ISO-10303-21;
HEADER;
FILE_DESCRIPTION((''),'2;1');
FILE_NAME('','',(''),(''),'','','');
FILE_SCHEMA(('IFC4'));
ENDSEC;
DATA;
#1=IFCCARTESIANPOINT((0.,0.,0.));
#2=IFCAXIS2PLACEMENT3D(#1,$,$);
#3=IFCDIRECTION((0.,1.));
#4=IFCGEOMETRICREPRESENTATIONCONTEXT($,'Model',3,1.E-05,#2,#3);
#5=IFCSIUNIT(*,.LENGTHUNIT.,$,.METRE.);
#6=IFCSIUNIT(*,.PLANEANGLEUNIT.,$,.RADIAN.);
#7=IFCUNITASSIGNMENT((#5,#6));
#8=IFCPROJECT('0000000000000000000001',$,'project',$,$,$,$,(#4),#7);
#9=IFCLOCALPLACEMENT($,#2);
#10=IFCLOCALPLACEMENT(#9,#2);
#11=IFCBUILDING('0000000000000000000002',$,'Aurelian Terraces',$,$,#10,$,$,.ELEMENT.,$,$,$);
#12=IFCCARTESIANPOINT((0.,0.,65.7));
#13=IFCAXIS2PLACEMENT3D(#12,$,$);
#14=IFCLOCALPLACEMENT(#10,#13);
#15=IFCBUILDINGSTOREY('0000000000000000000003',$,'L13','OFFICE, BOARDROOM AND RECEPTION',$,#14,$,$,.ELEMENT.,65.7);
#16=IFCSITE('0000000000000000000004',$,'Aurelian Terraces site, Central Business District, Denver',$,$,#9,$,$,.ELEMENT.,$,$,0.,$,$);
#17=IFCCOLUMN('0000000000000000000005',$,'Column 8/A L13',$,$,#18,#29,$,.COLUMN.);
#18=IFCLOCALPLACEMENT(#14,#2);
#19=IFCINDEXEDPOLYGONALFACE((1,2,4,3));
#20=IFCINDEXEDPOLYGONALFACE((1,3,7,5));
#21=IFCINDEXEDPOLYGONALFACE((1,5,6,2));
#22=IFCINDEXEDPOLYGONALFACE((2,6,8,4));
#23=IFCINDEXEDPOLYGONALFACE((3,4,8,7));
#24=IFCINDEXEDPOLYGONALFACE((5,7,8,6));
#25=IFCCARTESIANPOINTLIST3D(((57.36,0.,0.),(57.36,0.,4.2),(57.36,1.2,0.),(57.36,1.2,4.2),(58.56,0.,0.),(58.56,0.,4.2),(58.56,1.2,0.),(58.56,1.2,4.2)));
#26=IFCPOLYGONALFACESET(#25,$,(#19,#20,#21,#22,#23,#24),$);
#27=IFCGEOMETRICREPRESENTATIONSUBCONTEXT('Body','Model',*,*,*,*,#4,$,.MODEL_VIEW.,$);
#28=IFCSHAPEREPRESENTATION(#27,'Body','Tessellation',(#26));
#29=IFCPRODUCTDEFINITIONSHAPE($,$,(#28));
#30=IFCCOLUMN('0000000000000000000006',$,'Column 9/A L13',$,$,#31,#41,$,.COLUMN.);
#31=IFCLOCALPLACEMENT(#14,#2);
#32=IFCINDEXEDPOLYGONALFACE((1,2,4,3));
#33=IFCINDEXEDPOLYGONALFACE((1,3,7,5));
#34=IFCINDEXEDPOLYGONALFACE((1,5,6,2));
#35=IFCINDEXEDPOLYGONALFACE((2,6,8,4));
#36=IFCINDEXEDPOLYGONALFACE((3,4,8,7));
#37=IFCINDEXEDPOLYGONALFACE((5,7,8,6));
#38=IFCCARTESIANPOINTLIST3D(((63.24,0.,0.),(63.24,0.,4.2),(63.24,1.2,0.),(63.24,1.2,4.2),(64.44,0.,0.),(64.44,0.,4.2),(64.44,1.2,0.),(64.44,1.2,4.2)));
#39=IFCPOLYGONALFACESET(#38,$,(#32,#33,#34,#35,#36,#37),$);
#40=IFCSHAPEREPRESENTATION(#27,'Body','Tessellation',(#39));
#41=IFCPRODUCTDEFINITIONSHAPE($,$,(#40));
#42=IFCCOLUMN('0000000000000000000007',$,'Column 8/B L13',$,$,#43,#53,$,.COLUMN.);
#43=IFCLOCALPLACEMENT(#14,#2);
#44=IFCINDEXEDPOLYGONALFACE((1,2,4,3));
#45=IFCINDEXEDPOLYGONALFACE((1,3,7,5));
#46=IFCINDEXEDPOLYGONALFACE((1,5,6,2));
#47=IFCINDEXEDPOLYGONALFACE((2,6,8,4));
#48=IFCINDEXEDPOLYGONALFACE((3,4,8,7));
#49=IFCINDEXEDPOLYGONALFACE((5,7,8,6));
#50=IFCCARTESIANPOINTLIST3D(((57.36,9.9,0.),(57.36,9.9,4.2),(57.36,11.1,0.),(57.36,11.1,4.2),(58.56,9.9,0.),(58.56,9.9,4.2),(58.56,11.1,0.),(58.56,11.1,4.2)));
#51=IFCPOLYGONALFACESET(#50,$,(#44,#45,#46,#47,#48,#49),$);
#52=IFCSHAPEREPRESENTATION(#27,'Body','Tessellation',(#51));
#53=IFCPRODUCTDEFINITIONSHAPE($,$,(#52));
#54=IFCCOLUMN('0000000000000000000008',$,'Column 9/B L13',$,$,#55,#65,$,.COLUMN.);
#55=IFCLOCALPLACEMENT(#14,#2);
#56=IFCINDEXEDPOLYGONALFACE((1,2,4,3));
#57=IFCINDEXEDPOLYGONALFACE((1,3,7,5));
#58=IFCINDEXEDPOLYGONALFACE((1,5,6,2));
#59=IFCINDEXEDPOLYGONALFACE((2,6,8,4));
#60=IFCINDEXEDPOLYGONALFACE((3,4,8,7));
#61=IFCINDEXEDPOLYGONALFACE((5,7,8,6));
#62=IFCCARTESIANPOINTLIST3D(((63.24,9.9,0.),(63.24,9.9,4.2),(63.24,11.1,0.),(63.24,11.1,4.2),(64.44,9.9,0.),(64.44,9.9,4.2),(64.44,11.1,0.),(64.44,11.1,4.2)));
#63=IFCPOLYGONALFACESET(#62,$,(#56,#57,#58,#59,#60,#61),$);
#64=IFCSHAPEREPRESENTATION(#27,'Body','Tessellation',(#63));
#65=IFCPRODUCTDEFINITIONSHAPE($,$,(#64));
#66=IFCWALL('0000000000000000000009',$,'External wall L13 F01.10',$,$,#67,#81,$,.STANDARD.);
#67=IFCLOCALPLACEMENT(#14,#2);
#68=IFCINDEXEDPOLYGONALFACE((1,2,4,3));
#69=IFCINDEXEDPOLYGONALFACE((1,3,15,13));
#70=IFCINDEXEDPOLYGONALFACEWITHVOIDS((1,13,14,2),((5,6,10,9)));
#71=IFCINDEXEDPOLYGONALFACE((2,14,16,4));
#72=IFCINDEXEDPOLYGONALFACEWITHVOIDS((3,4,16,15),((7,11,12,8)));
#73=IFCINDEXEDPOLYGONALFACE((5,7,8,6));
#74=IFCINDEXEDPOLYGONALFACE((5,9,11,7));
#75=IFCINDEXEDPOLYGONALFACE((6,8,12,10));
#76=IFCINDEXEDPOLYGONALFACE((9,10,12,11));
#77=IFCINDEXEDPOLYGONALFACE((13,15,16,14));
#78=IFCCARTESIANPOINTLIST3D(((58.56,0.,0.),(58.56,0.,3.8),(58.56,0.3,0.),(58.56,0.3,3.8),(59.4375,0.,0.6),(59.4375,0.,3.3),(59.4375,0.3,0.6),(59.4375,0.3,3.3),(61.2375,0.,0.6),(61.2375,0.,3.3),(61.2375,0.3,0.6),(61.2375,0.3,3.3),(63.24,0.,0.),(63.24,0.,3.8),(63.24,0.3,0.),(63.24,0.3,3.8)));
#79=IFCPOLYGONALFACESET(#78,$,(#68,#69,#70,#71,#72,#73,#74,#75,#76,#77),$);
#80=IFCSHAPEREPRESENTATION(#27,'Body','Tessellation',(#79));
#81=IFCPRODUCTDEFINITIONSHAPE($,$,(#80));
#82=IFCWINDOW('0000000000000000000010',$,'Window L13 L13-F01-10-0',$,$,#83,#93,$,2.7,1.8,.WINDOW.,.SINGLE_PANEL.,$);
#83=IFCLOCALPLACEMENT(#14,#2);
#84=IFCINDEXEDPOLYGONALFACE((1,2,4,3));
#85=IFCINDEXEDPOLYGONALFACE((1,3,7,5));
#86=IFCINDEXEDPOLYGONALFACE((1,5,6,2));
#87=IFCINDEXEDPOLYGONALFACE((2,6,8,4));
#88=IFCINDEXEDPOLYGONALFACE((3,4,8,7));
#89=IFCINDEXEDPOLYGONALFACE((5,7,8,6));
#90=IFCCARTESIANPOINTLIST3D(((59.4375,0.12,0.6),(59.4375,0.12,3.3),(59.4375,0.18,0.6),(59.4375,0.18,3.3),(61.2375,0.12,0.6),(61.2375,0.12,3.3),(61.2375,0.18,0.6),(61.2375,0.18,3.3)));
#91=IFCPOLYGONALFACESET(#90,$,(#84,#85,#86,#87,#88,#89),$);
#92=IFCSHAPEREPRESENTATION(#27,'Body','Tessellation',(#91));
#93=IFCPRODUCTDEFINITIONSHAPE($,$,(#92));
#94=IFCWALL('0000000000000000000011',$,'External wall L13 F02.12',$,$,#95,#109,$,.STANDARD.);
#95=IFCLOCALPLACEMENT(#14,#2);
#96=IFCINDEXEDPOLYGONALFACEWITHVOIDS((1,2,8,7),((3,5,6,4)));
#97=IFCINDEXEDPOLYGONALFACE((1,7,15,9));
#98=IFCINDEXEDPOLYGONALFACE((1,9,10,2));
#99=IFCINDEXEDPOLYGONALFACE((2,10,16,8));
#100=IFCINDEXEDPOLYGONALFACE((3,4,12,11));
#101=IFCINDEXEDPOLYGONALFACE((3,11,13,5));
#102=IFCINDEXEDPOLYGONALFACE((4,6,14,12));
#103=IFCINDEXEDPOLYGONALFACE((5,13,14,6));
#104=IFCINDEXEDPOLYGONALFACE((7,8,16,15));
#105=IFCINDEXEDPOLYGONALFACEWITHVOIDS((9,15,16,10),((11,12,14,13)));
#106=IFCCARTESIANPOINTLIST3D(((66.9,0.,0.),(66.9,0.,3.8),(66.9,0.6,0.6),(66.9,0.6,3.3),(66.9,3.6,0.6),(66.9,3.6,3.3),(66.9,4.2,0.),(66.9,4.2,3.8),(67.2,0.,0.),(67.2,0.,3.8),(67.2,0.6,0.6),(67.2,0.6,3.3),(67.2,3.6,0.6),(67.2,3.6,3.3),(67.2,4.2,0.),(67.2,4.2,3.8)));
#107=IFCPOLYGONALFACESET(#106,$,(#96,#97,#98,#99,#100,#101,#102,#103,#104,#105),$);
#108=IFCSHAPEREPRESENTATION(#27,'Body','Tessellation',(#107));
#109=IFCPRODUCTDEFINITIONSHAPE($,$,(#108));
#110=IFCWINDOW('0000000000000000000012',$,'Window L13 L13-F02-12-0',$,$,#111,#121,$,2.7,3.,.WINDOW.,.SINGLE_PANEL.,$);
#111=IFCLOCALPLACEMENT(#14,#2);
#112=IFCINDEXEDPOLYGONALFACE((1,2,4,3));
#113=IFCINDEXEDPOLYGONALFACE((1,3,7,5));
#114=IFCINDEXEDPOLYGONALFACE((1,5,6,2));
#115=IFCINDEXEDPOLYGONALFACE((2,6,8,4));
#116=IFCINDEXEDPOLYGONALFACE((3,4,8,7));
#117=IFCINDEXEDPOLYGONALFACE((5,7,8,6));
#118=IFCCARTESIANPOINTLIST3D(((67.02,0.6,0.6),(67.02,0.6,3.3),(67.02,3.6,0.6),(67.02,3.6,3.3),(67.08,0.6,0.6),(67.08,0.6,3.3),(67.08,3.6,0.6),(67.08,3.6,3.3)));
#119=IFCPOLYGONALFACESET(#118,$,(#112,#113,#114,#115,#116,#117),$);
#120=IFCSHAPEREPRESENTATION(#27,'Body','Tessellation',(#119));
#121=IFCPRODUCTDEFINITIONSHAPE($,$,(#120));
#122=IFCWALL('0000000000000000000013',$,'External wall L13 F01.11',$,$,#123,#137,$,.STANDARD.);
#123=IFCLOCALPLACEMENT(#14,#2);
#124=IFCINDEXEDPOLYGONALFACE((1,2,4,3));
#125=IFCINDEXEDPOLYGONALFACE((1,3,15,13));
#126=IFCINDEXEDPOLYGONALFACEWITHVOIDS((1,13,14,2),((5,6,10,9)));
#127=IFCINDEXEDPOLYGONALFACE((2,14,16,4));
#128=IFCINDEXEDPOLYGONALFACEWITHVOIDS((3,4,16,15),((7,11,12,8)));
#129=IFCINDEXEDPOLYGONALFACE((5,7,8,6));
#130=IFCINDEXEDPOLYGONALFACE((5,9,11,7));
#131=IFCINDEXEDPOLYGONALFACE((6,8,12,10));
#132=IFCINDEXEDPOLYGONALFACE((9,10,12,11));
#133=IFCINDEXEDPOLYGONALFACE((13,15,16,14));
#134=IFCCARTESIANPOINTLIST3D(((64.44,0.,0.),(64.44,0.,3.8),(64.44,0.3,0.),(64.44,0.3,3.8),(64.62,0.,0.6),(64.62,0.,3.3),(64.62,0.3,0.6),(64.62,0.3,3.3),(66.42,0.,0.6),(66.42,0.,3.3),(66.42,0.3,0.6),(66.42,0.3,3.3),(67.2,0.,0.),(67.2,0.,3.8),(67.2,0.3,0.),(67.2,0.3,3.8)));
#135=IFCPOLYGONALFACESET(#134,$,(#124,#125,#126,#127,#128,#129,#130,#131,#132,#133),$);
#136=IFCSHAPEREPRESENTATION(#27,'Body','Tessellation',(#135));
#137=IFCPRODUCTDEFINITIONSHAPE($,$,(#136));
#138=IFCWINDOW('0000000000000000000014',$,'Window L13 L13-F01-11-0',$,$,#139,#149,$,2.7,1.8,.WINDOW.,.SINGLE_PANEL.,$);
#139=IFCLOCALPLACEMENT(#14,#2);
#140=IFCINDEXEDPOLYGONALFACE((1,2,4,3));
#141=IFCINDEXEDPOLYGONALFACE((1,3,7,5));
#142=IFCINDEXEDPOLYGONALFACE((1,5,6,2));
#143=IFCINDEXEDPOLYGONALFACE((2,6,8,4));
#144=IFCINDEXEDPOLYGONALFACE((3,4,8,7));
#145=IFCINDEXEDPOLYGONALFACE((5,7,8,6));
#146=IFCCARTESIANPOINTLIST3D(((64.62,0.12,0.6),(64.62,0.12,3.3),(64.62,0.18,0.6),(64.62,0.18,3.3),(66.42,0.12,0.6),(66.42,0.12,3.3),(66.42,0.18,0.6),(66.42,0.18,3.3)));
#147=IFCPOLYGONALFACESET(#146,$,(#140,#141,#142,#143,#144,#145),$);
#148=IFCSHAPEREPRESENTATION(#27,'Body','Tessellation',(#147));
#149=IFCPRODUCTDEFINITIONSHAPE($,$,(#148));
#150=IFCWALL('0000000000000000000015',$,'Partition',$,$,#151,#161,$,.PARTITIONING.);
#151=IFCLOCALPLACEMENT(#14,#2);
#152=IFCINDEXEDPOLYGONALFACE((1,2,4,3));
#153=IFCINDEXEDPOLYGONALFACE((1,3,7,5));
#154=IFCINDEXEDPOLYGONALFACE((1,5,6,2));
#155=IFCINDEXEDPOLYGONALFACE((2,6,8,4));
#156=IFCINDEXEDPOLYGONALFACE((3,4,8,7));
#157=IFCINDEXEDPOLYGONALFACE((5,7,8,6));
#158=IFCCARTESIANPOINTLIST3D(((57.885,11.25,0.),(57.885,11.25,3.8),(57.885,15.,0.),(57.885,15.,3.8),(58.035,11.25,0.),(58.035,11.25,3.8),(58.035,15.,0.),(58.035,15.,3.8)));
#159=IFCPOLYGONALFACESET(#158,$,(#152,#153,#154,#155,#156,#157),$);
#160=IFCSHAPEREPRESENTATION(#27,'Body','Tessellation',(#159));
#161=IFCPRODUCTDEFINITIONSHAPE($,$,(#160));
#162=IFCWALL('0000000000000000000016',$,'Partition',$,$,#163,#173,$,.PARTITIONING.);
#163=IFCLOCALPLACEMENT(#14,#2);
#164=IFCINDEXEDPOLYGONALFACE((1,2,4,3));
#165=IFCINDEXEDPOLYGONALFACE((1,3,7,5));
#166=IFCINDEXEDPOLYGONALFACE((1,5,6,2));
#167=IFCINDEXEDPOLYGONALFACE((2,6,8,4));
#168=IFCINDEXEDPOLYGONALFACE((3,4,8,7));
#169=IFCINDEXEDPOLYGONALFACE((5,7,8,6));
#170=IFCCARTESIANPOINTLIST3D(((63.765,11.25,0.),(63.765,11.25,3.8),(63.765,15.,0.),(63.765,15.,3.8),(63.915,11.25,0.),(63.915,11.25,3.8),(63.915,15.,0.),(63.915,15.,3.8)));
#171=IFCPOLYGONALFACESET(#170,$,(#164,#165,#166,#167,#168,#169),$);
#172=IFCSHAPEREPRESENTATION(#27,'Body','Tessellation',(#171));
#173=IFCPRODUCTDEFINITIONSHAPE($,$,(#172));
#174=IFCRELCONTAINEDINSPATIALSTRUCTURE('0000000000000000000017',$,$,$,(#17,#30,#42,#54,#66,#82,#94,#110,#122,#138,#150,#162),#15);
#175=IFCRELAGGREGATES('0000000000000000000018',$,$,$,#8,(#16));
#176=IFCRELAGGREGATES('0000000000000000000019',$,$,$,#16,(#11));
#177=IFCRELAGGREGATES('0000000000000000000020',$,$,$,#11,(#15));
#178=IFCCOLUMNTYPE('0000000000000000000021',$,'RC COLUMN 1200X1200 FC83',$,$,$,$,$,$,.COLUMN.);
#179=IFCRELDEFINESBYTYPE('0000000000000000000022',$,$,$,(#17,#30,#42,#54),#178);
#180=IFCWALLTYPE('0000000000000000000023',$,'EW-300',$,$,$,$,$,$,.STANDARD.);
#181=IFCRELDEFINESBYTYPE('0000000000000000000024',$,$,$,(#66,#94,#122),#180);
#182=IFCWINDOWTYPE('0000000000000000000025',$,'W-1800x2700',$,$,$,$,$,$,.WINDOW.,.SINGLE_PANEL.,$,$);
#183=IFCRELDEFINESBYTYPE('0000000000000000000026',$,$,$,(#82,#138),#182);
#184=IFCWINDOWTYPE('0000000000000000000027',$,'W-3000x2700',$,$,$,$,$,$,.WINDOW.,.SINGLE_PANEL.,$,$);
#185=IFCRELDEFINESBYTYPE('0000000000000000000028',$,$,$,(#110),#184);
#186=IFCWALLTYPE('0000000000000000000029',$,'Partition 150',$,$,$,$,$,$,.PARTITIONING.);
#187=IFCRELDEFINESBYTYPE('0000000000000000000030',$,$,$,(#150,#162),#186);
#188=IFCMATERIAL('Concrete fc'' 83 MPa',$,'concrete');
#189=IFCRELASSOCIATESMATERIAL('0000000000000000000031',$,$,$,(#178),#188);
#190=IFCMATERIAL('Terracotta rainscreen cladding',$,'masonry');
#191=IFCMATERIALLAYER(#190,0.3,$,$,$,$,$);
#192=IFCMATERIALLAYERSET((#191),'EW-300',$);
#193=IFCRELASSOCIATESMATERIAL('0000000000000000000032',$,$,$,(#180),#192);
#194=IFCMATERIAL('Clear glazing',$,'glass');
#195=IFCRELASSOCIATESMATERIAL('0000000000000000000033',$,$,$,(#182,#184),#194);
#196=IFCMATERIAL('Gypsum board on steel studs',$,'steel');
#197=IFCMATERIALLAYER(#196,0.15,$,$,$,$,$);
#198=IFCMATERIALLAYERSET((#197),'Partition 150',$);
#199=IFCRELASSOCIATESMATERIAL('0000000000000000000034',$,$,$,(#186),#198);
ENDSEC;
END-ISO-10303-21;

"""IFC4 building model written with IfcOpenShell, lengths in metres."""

from ifc_helpers import new_model, si_unit, direction, frame, frame_2d, origin, origin_2d, place, context, subcontext, project, spatial, rectangle, extrude, source, transform, mapped, material, layer, layer_set, material_profile, profile_set, type_object, element, fill, save


model = new_model("IFC4")

# Units and contexts
model_context = context("Model", 3, precision=1e-05, world=origin(), true_north=direction((0.0, 1.0)))
body_context = subcontext(model_context, "Body", "Model", "MODEL_VIEW")
ifc_project = project(units=[si_unit("LENGTHUNIT", "METRE"), si_unit("PLANEANGLEUNIT", "RADIAN")], contexts=[model_context])

# Site, building, storey
site_placement = place(None, origin())
site = spatial("IfcSite", under=ifc_project, at=site_placement, Name="Aurelian Terraces site, Central Business District, Denver", CompositionType="ELEMENT", RefElevation=0.0)
building_placement = place(site_placement, origin())
building = spatial("IfcBuilding", under=site, at=building_placement, Name="Aurelian Terraces", CompositionType="ELEMENT")
storey_placement = place(building_placement, frame((0.0, 0.0, 65.7)))
storey = spatial("IfcBuildingStorey", under=building, at=storey_placement, Name="L13", Description="OFFICE, BOARDROOM AND RECEPTION", CompositionType="ELEMENT", Elevation=65.7)

# Columns
ifc_material_1 = material(Name="Concrete fc' 83 MPa", Category="concrete")
ifc_material_profile = material_profile(ifc_material_1, rectangle(XDim=1.2, YDim=1.2, at=origin_2d()))
ifc_profile_set = profile_set([ifc_material_profile], Name="Concrete fc' 83 MPa")
column_type = type_object("IfcColumnType", Name="RC COLUMN 1200X1200 FC83", PredefinedType="COLUMN", material=ifc_profile_set)
shared_shape_1 = source(origin(), body_context, "Body", "SweptSolid", [
    extrude(rectangle(XDim=1.2, YDim=1.2, at=origin_2d()), origin(), (0.0, 0.0, 1.0), 4.2),
])
for number, where, z_axis, x_axis, name in (
    (1, (57.96, 0.6, 0.0), (0.0, 0.0, 1.0), (1.0, 0.0, 0.0), "Column 8/A L13"),
    (2, (63.84, 0.6, 0.0), (0.0, 0.0, 1.0), (1.0, 0.0, 0.0), "Column 9/A L13"),
    (3, (57.96, 10.5, 0.0), (0.0, 0.0, 1.0), (1.0, 0.0, 0.0), "Column 8/B L13"),
    (4, (63.84, 10.5, 0.0), (0.0, 0.0, 1.0), (1.0, 0.0, 0.0), "Column 9/B L13"),
):
    element("IfcColumn", number, at=place(storey_placement, frame(where, z_axis=z_axis, x_axis=x_axis)), inside=storey, type_object=column_type, Name=name, PredefinedType="COLUMN", context=body_context, shape_type="MappedRepresentation", body=[
        mapped(shared_shape_1, transform((0.0, 0.0, 0.0), scale=1.0)),
    ])

# Walls, openings, windows
ifc_material_2 = material(Name="Terracotta rainscreen cladding", Category="masonry")
ifc_layer_1 = layer(ifc_material_2, 0.3)
ifc_layer_set_1 = layer_set([ifc_layer_1], Name="EW-300")
wall_type_1 = type_object("IfcWallType", Name="EW-300", PredefinedType="STANDARD", material=ifc_layer_set_1)
shared_shape_2 = source(origin(), body_context, "Body", "SweptSolid", [
    extrude(rectangle(XDim=4.68, YDim=0.3, at=frame_2d((2.34, 0.0))), origin(), (0.0, 0.0, 1.0), 3.8),
])
wall_1_placement = place(storey_placement, frame((58.56, 0.15, 0.0), z_axis=(0.0, 0.0, 1.0), x_axis=(1.0, 0.0, 0.0)))
wall_1 = element("IfcWall", 5, at=wall_1_placement, inside=storey, type_object=wall_type_1, Name="External wall L13 F01.10", PredefinedType="STANDARD", context=body_context, shape_type="MappedRepresentation", body=[
    mapped(shared_shape_2, transform((0.0, 0.0, 0.0), scale=1.0)),
])
shared_shape_3 = source(origin(), body_context, "Body", "SweptSolid", [
    extrude(rectangle(XDim=1.8, YDim=2.7, at=frame_2d((0.9, 1.35))), frame((0.0, 0.16, 0.0), z_axis=(0.0, -1.0, 0.0), x_axis=(1.0, 0.0, 0.0)), (0.0, 0.0, 1.0), 0.32),
])
opening_1_placement = place(wall_1_placement, frame((0.8775, 0.0, 0.6)))
opening_1 = element("IfcOpeningElement", 6, at=opening_1_placement, cuts=wall_1, PredefinedType="OPENING", context=body_context, shape_type="MappedRepresentation", body=[
    mapped(shared_shape_3, transform((0.0, 0.0, 0.0), scale=1.0)),
])
ifc_material_3 = material(Name="Clear glazing", Category="glass")
window_type_1 = type_object("IfcWindowType", Name="W-1800x2700", PartitioningType="SINGLE_PANEL", PredefinedType="WINDOW", material=ifc_material_3)
shared_shape_4 = source(origin(), body_context, "Body", "SweptSolid", [
    extrude(rectangle(XDim=1.8, YDim=2.7, at=frame_2d((0.9, 1.35))), frame((0.0, 0.03, 0.0), z_axis=(0.0, -1.0, 0.0), x_axis=(1.0, 0.0, 0.0)), (0.0, 0.0, 1.0), 0.06),
])
window_1_placement = place(opening_1_placement, origin())
window_1 = element("IfcWindow", 7, at=window_1_placement, inside=storey, type_object=window_type_1, Name="Window L13 L13-F01-10-0", OverallHeight=2.7, OverallWidth=1.8, PartitioningType="SINGLE_PANEL", PredefinedType="WINDOW", context=body_context, shape_type="MappedRepresentation", body=[
    mapped(shared_shape_4, transform((0.0, 0.0, 0.0), scale=1.0)),
])
fill(opening_1, window_1)
shared_shape_5 = source(origin(), body_context, "Body", "SweptSolid", [
    extrude(rectangle(XDim=4.2, YDim=0.3, at=frame_2d((2.1, 0.0))), origin(), (0.0, 0.0, 1.0), 3.8),
])
wall_2_placement = place(storey_placement, frame((67.05, 0.0, 0.0), z_axis=(0.0, 0.0, 1.0), x_axis=(0.0, 1.0, 0.0)))
wall_2 = element("IfcWall", 8, at=wall_2_placement, inside=storey, type_object=wall_type_1, Name="External wall L13 F02.12", PredefinedType="STANDARD", context=body_context, shape_type="MappedRepresentation", body=[
    mapped(shared_shape_5, transform((0.0, 0.0, 0.0), scale=1.0)),
])
shared_shape_6 = source(origin(), body_context, "Body", "SweptSolid", [
    extrude(rectangle(XDim=3.0, YDim=2.7, at=frame_2d((1.5, 1.35))), frame((0.0, 0.16, 0.0), z_axis=(0.0, -1.0, 0.0), x_axis=(1.0, 0.0, 0.0)), (0.0, 0.0, 1.0), 0.32),
])
opening_2_placement = place(wall_2_placement, frame((0.6, 0.0, 0.6)))
opening_2 = element("IfcOpeningElement", 9, at=opening_2_placement, cuts=wall_2, PredefinedType="OPENING", context=body_context, shape_type="MappedRepresentation", body=[
    mapped(shared_shape_6, transform((0.0, 0.0, 0.0), scale=1.0)),
])
window_type_2 = type_object("IfcWindowType", Name="W-3000x2700", PartitioningType="SINGLE_PANEL", PredefinedType="WINDOW", material=ifc_material_3)
shared_shape_7 = source(origin(), body_context, "Body", "SweptSolid", [
    extrude(rectangle(XDim=3.0, YDim=2.7, at=frame_2d((1.5, 1.35))), frame((0.0, 0.03, 0.0), z_axis=(0.0, -1.0, 0.0), x_axis=(1.0, 0.0, 0.0)), (0.0, 0.0, 1.0), 0.06),
])
window_2_placement = place(opening_2_placement, origin())
window_2 = element("IfcWindow", 10, at=window_2_placement, inside=storey, type_object=window_type_2, Name="Window L13 L13-F02-12-0", OverallHeight=2.7, OverallWidth=3.0, PartitioningType="SINGLE_PANEL", PredefinedType="WINDOW", context=body_context, shape_type="MappedRepresentation", body=[
    mapped(shared_shape_7, transform((0.0, 0.0, 0.0), scale=1.0)),
])
fill(opening_2, window_2)
shared_shape_8 = source(origin(), body_context, "Body", "SweptSolid", [
    extrude(rectangle(XDim=2.76, YDim=0.3, at=frame_2d((1.38, 0.0))), origin(), (0.0, 0.0, 1.0), 3.8),
])
wall_3_placement = place(storey_placement, frame((64.44, 0.15, 0.0), z_axis=(0.0, 0.0, 1.0), x_axis=(1.0, 0.0, 0.0)))
wall_3 = element("IfcWall", 11, at=wall_3_placement, inside=storey, type_object=wall_type_1, Name="External wall L13 F01.11", PredefinedType="STANDARD", context=body_context, shape_type="MappedRepresentation", body=[
    mapped(shared_shape_8, transform((0.0, 0.0, 0.0), scale=1.0)),
])
opening_3_placement = place(wall_3_placement, frame((0.18, 0.0, 0.6)))
opening_3 = element("IfcOpeningElement", 12, at=opening_3_placement, cuts=wall_3, PredefinedType="OPENING", context=body_context, shape_type="MappedRepresentation", body=[
    mapped(shared_shape_3, transform((0.0, 0.0, 0.0), scale=1.0)),
])
window_3_placement = place(opening_3_placement, origin())
window_3 = element("IfcWindow", 13, at=window_3_placement, inside=storey, type_object=window_type_1, Name="Window L13 L13-F01-11-0", OverallHeight=2.7, OverallWidth=1.8, PartitioningType="SINGLE_PANEL", PredefinedType="WINDOW", context=body_context, shape_type="MappedRepresentation", body=[
    mapped(shared_shape_4, transform((0.0, 0.0, 0.0), scale=1.0)),
])
fill(opening_3, window_3)

# Walls
ifc_material_4 = material(Name="Gypsum board on steel studs", Category="steel")
ifc_layer_2 = layer(ifc_material_4, 0.15)
ifc_layer_set_2 = layer_set([ifc_layer_2], Name="Partition 150")
wall_type_2 = type_object("IfcWallType", Name="Partition 150", PredefinedType="PARTITIONING", material=ifc_layer_set_2)
shared_shape_9 = source(origin(), body_context, "Body", "SweptSolid", [
    extrude(rectangle(XDim=3.75, YDim=0.15, at=frame_2d((1.875, 0.0))), origin(), (0.0, 0.0, 1.0), 3.8),
])
for number, where, z_axis, x_axis, name in (
    (14, (57.96, 11.25, 0.0), (0.0, 0.0, 1.0), (0.0, 1.0, 0.0), "Partition"),
    (15, (63.84, 11.25, 0.0), (0.0, 0.0, 1.0), (0.0, 1.0, 0.0), "Partition"),
):
    element("IfcWall", number, at=place(storey_placement, frame(where, z_axis=z_axis, x_axis=x_axis)), inside=storey, type_object=wall_type_2, Name=name, PredefinedType="PARTITIONING", context=body_context, shape_type="MappedRepresentation", body=[
        mapped(shared_shape_9, transform((0.0, 0.0, 0.0), scale=1.0)),
    ])

save(model, "model.ifc")
